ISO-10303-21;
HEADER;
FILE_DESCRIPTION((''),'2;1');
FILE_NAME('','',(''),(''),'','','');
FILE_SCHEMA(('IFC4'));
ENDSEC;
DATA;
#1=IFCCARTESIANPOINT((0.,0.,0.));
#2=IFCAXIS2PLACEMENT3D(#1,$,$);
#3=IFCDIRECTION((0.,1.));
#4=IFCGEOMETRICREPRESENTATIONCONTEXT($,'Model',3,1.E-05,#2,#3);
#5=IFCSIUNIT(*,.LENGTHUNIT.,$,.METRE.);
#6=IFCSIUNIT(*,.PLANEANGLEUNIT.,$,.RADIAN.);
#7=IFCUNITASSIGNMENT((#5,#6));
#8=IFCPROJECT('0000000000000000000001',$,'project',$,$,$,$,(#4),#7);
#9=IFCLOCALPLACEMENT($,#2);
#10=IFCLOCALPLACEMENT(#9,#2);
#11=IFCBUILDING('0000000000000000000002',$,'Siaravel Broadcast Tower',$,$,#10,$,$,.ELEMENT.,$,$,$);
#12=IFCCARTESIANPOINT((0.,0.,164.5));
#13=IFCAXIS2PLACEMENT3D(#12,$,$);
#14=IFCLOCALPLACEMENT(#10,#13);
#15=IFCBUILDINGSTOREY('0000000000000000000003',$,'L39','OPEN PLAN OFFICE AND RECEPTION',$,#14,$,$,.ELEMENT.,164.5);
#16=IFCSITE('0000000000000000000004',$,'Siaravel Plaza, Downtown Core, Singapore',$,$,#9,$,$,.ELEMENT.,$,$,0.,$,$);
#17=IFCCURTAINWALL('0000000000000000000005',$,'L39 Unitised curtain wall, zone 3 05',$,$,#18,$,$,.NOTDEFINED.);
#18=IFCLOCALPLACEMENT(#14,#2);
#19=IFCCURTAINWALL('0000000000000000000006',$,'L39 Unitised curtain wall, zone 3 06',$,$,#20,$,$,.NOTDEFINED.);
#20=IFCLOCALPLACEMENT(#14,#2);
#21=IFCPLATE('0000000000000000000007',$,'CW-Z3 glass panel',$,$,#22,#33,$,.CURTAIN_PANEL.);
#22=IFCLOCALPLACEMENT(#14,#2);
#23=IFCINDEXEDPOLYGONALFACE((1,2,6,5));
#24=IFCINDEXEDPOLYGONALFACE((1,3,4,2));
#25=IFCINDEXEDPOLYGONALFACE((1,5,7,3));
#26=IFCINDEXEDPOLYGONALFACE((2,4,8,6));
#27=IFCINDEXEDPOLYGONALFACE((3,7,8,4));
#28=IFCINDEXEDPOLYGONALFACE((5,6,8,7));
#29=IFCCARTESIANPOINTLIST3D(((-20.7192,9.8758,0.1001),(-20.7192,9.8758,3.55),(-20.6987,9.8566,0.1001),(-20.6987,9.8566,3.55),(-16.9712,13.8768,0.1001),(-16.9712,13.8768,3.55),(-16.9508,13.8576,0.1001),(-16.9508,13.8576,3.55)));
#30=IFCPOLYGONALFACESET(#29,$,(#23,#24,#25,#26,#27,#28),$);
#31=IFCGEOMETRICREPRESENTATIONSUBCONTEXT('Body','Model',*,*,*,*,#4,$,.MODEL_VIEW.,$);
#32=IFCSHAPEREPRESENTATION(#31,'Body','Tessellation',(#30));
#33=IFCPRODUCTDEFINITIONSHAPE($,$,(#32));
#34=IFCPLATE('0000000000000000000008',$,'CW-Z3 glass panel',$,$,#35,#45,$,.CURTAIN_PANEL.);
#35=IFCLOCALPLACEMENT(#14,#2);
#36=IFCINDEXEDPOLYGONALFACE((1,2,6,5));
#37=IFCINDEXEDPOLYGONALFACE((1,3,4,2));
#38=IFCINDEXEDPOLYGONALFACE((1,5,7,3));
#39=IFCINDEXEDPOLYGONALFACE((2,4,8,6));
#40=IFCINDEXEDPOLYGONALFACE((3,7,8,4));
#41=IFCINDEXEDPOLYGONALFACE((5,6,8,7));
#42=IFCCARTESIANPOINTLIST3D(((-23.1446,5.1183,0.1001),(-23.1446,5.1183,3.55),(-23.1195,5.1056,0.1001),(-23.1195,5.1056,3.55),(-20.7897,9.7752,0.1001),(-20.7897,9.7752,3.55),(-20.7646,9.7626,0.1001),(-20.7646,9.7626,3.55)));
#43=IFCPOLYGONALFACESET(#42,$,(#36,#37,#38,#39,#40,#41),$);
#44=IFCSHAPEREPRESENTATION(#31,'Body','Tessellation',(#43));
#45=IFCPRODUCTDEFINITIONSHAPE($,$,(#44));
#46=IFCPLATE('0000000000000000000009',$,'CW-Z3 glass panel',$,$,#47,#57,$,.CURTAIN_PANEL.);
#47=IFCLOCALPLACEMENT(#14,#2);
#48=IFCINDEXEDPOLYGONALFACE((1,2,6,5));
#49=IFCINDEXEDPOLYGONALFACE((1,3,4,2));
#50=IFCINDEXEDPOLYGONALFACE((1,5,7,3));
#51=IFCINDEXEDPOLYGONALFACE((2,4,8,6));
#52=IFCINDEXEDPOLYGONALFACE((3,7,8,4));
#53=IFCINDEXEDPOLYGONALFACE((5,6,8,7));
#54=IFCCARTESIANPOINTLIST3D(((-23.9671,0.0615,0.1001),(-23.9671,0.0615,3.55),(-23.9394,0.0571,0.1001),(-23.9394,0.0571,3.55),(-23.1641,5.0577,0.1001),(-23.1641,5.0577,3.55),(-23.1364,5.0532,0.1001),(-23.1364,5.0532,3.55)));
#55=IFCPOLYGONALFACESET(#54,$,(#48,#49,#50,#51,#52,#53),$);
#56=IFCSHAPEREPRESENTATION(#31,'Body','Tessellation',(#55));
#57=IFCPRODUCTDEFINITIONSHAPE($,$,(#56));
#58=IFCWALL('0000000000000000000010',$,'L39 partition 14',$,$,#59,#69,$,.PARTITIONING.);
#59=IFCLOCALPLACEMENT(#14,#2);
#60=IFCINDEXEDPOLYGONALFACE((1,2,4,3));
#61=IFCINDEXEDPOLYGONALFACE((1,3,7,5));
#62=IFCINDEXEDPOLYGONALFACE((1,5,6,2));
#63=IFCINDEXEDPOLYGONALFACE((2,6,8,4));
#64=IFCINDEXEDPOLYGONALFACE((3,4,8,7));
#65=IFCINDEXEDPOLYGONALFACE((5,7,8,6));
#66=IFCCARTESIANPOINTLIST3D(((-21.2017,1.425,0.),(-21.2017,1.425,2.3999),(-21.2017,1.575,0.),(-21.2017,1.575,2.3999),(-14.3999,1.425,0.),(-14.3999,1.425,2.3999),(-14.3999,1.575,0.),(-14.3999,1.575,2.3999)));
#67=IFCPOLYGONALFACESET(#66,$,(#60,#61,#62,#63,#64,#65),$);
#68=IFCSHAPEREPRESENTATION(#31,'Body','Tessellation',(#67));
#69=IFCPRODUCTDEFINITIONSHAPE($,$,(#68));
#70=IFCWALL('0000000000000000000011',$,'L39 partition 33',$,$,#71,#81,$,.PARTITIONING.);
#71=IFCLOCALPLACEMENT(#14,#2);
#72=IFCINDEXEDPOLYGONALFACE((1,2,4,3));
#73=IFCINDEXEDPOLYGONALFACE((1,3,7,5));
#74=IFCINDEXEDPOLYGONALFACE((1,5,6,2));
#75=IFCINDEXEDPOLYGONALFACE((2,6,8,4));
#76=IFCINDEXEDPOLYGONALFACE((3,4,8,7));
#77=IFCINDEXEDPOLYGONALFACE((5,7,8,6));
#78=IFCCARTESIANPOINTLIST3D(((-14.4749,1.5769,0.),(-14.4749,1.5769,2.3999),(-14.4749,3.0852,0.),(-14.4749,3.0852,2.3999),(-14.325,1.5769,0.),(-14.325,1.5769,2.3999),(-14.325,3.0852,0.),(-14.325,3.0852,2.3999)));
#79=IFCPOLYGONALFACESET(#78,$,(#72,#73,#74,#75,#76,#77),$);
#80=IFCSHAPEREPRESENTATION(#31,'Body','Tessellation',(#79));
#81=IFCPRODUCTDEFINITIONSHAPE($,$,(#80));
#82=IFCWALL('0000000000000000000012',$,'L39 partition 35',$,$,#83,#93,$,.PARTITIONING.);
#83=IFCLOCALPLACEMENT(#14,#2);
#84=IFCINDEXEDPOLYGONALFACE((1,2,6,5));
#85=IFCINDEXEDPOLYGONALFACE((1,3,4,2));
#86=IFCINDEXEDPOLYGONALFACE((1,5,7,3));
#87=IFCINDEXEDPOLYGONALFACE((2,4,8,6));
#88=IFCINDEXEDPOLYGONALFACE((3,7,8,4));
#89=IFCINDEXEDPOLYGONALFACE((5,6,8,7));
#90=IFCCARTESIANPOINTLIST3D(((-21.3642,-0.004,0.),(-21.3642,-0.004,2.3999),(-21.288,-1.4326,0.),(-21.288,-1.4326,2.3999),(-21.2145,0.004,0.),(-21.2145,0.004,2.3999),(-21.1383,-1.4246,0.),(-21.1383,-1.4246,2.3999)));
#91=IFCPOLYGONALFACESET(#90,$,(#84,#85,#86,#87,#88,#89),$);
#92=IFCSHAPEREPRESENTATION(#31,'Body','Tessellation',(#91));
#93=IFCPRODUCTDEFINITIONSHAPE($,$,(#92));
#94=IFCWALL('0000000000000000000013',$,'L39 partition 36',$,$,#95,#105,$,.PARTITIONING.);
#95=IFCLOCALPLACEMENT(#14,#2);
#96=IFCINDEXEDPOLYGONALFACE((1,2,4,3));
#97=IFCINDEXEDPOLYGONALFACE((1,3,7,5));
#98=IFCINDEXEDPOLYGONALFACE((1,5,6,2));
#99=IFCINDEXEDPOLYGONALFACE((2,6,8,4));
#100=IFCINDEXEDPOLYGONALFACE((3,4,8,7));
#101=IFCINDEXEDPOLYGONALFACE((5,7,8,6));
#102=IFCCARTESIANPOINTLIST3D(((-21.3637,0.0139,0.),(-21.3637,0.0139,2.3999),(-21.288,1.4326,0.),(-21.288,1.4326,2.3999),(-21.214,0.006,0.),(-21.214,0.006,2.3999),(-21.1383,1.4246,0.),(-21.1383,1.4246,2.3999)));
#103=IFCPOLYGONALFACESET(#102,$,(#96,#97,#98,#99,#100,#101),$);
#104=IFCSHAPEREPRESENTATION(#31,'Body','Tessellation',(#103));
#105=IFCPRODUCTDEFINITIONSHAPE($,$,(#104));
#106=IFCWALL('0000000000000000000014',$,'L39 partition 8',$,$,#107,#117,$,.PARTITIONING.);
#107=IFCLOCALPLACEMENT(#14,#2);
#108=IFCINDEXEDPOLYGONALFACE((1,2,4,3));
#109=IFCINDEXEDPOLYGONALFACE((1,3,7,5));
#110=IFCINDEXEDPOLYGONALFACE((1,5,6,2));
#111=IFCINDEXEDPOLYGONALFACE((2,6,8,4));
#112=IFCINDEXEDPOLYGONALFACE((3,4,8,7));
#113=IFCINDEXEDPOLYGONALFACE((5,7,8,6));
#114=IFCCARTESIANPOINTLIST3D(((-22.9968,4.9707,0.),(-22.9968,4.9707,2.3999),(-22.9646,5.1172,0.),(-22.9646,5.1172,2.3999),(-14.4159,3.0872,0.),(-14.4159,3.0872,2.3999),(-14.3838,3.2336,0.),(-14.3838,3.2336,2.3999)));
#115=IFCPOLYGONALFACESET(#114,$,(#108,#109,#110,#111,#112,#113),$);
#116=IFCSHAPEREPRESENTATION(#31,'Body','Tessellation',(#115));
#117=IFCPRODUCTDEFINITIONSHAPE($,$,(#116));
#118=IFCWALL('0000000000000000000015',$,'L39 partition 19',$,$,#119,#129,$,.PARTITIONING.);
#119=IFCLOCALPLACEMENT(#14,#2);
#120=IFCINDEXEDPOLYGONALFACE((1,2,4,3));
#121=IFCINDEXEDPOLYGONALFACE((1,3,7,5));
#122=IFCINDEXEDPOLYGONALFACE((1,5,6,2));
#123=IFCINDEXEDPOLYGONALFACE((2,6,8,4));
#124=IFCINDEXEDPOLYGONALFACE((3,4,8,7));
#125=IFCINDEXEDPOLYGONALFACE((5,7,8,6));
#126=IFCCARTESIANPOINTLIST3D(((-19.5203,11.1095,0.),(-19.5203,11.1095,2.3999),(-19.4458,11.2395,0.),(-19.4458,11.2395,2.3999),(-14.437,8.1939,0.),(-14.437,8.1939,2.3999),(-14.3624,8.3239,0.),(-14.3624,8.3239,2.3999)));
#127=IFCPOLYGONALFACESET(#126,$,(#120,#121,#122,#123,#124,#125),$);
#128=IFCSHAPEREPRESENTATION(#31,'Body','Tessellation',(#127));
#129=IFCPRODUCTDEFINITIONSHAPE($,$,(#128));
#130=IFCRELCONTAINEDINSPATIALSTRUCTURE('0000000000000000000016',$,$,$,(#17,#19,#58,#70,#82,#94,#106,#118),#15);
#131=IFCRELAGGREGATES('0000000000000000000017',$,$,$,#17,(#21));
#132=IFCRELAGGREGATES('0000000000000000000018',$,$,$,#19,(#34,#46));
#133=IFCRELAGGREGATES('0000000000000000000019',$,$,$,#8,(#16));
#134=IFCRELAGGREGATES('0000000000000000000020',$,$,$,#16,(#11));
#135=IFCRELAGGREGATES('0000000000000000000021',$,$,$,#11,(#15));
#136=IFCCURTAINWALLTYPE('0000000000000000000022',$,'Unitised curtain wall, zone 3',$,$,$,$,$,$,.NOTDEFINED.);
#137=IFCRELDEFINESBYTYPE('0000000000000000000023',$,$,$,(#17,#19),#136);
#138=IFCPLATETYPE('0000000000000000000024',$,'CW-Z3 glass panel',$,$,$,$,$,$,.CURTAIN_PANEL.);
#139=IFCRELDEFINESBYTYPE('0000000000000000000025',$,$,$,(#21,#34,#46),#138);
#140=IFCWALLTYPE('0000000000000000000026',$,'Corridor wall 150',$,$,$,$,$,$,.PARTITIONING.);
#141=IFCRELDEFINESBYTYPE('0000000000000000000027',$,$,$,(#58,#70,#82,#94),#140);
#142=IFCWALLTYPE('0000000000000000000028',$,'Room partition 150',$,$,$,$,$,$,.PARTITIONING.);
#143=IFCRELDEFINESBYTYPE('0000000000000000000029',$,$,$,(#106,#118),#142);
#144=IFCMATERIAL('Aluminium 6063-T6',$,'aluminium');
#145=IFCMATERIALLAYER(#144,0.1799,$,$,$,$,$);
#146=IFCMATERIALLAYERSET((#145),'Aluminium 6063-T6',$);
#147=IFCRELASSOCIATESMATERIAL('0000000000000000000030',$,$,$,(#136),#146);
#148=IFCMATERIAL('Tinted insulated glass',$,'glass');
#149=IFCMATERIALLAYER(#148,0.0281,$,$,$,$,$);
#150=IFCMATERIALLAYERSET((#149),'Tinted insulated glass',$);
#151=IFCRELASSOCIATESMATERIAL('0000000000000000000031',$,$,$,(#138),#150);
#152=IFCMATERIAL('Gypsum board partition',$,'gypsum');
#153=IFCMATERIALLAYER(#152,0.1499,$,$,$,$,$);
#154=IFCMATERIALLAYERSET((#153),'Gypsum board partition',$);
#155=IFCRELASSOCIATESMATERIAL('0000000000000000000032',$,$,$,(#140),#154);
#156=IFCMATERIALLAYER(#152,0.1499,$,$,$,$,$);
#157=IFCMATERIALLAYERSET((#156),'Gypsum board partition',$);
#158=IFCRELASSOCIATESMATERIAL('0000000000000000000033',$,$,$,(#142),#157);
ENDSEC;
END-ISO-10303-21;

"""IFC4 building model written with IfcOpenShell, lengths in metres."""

from ifc_helpers import new_model, si_unit, direction, frame, frame_2d, origin, origin_2d, place, context, subcontext, project, spatial, rectangle, extrude, material, layer, layer_set, type_object, element, aggregate, save


model = new_model("IFC4")

# Units and contexts
model_context = context("Model", 3, precision=1e-05, world=origin(), true_north=direction((0.0, 1.0)))
body_context = subcontext(model_context, "Body", "Model", "MODEL_VIEW")
ifc_project = project(units=[si_unit("LENGTHUNIT", "METRE"), si_unit("PLANEANGLEUNIT", "RADIAN")], contexts=[model_context])

# Site, building, storey
site_placement = place(None, origin())
site = spatial("IfcSite", under=ifc_project, at=site_placement, Name="Siaravel Plaza, Downtown Core, Singapore", CompositionType="ELEMENT", RefElevation=0.0)
building_placement = place(site_placement, origin())
building = spatial("IfcBuilding", under=site, at=building_placement, Name="Siaravel Broadcast Tower", CompositionType="ELEMENT")
storey_placement = place(building_placement, frame((0.0, 0.0, 164.5)))
storey = spatial("IfcBuildingStorey", under=building, at=storey_placement, Name="L39", Description="OPEN PLAN OFFICE AND RECEPTION", CompositionType="ELEMENT", Elevation=164.5)

# Curtain walls
ifc_material_1 = material(Name="Aluminium 6063-T6", Category="aluminium")
ifc_layer_1 = layer(ifc_material_1, 0.1799)
ifc_layer_set_1 = layer_set([ifc_layer_1], Name="Aluminium 6063-T6")
curtain_wall_type = type_object("IfcCurtainWallType", Name="Unitised curtain wall, zone 3", PredefinedType="NOTDEFINED", material=ifc_layer_set_1)
curtain_wall_1_placement = place(storey_placement, origin())
curtain_wall_1 = element("IfcCurtainWall", 1, at=curtain_wall_1_placement, inside=storey, type_object=curtain_wall_type, Name="L39 Unitised curtain wall, zone 3 05", PredefinedType="NOTDEFINED")
curtain_wall_2_placement = place(storey_placement, origin())
curtain_wall_2 = element("IfcCurtainWall", 2, at=curtain_wall_2_placement, inside=storey, type_object=curtain_wall_type, Name="L39 Unitised curtain wall, zone 3 06", PredefinedType="NOTDEFINED")

# Plates
ifc_material_2 = material(Name="Tinted insulated glass", Category="glass")
ifc_layer_2 = layer(ifc_material_2, 0.0281)
ifc_layer_set_2 = layer_set([ifc_layer_2], Name="Tinted insulated glass")
plate_type = type_object("IfcPlateType", Name="CW-Z3 glass panel", PredefinedType="CURTAIN_PANEL", material=ifc_layer_set_2)
plate_1_placement = place(storey_placement, frame((-18.835, 11.8667, 0.1001), z_axis=(0.0, 0.0, 1.0), x_axis=(-0.683654, -0.729806, 0.0)))
plate_1 = element("IfcPlate", 3, at=plate_1_placement, type_object=plate_type, Name="CW-Z3 glass panel", PredefinedType="CURTAIN_PANEL", context=body_context, shape_type="SweptSolid", body=[
    extrude(rectangle(XDim=5.4822, YDim=0.0281, at=origin_2d()), origin(), (0.0, 0.0, 1.0), 3.45),
])
aggregate(curtain_wall_1, [plate_1])
plate_2_placement = place(storey_placement, frame((-21.9546, 7.4404, 0.1001), z_axis=(0.0, 0.0, 1.0), x_axis=(-0.45126, -0.892393, 0.0)))
plate_2 = element("IfcPlate", 4, at=plate_2_placement, type_object=plate_type, Name="CW-Z3 glass panel", PredefinedType="CURTAIN_PANEL", context=body_context, shape_type="SweptSolid", body=[
    extrude(rectangle(XDim=5.2185, YDim=0.0281, at=origin_2d()), origin(), (0.0, 0.0, 1.0), 3.45),
])
plate_3_placement = place(storey_placement, frame((-23.5518, 2.5574, 0.1001), z_axis=(0.0, 0.0, 1.0), x_axis=(-0.158685, -0.987329, 0.0)))
plate_3 = element("IfcPlate", 5, at=plate_3_placement, type_object=plate_type, Name="CW-Z3 glass panel", PredefinedType="CURTAIN_PANEL", context=body_context, shape_type="SweptSolid", body=[
    extrude(rectangle(XDim=5.0603, YDim=0.0281, at=origin_2d()), origin(), (0.0, 0.0, 1.0), 3.45),
])
aggregate(curtain_wall_2, [plate_2, plate_3])

# Wall
ifc_material_3 = material(Name="Gypsum board partition", Category="gypsum")
ifc_layer_3 = layer(ifc_material_3, 0.1499)
ifc_layer_set_3 = layer_set([ifc_layer_3], Name="Gypsum board partition")
wall_type_1 = type_object("IfcWallType", Name="Corridor wall 150", PredefinedType="PARTITIONING", material=ifc_layer_set_3)
wall_1_placement = place(storey_placement, frame((-14.3999, 1.5, 0.0), z_axis=(0.0, 0.0, 1.0), x_axis=(-1.0, 0.0, 0.0)))
element("IfcWall", 6, at=wall_1_placement, inside=storey, type_object=wall_type_1, Name="L39 partition 14", PredefinedType="PARTITIONING", context=body_context, shape_type="SweptSolid", body=[
    extrude(rectangle(XDim=6.8018, YDim=0.1499, at=frame_2d((3.4009, 0.0))), origin(), (0.0, 0.0, 1.0), 2.3999),
])

# Walls
wall_2_placement = place(storey_placement, frame((-14.3999, 3.0852, 0.0), z_axis=(0.0, 0.0, 1.0), x_axis=(0.0, -1.0, 0.0)))
element("IfcWall", 7, at=wall_2_placement, inside=storey, type_object=wall_type_1, Name="L39 partition 33", PredefinedType="PARTITIONING", context=body_context, shape_type="SweptSolid", body=[
    extrude(rectangle(XDim=1.5083, YDim=0.1499, at=frame_2d((0.7542, 0.0))), origin(), (0.0, 0.0, 1.0), 2.3999),
])
wall_3_placement = place(storey_placement, frame((-21.2893, 0.0, 0.0), z_axis=(0.0, 0.0, 1.0), x_axis=(0.053239, -0.998582, 0.0)))
element("IfcWall", 8, at=wall_3_placement, inside=storey, type_object=wall_type_1, Name="L39 partition 35", PredefinedType="PARTITIONING", context=body_context, shape_type="SweptSolid", body=[
    extrude(rectangle(XDim=1.4307, YDim=0.1499, at=frame_2d((0.7153, 0.0))), origin(), (0.0, 0.0, 1.0), 2.3999),
])
wall_4_placement = place(storey_placement, frame((-21.2131, 1.4287, 0.0), z_axis=(0.0, 0.0, 1.0), x_axis=(-0.053271, -0.99858, 0.0)))
element("IfcWall", 9, at=wall_4_placement, inside=storey, type_object=wall_type_1, Name="L39 partition 36", PredefinedType="PARTITIONING", context=body_context, shape_type="SweptSolid", body=[
    extrude(rectangle(XDim=1.4207, YDim=0.1499, at=frame_2d((0.7104, 0.0))), origin(), (0.0, 0.0, 1.0), 2.3999),
])
ifc_layer_4 = layer(ifc_material_3, 0.1499)
ifc_layer_set_4 = layer_set([ifc_layer_4], Name="Gypsum board partition")
wall_type_2 = type_object("IfcWallType", Name="Room partition 150", PredefinedType="PARTITIONING", material=ifc_layer_set_4)
wall_5_placement = place(storey_placement, frame((-22.9807, 5.0439, 0.0), z_axis=(0.0, 0.0, 1.0), x_axis=(0.976745, -0.214402, 0.0)))
element("IfcWall", 10, at=wall_5_placement, inside=storey, type_object=wall_type_2, Name="L39 partition 8", PredefinedType="PARTITIONING", context=body_context, shape_type="SweptSolid", body=[
    extrude(rectangle(XDim=8.7852, YDim=0.1499, at=frame_2d((4.3926, 0.0))), origin(), (0.0, 0.0, 1.0), 2.3999),
])
wall_6_placement = place(storey_placement, frame((-19.4832, 11.1746, 0.0), z_axis=(0.0, 0.0, 1.0), x_axis=(0.867447, -0.497529, 0.0)))
element("IfcWall", 11, at=wall_6_placement, inside=storey, type_object=wall_type_2, Name="L39 partition 19", PredefinedType="PARTITIONING", context=body_context, shape_type="SweptSolid", body=[
    extrude(rectangle(XDim=5.8601, YDim=0.1499, at=frame_2d((2.9302, 0.0))), origin(), (0.0, 0.0, 1.0), 2.3999),
])

save(model, "model.ifc")
